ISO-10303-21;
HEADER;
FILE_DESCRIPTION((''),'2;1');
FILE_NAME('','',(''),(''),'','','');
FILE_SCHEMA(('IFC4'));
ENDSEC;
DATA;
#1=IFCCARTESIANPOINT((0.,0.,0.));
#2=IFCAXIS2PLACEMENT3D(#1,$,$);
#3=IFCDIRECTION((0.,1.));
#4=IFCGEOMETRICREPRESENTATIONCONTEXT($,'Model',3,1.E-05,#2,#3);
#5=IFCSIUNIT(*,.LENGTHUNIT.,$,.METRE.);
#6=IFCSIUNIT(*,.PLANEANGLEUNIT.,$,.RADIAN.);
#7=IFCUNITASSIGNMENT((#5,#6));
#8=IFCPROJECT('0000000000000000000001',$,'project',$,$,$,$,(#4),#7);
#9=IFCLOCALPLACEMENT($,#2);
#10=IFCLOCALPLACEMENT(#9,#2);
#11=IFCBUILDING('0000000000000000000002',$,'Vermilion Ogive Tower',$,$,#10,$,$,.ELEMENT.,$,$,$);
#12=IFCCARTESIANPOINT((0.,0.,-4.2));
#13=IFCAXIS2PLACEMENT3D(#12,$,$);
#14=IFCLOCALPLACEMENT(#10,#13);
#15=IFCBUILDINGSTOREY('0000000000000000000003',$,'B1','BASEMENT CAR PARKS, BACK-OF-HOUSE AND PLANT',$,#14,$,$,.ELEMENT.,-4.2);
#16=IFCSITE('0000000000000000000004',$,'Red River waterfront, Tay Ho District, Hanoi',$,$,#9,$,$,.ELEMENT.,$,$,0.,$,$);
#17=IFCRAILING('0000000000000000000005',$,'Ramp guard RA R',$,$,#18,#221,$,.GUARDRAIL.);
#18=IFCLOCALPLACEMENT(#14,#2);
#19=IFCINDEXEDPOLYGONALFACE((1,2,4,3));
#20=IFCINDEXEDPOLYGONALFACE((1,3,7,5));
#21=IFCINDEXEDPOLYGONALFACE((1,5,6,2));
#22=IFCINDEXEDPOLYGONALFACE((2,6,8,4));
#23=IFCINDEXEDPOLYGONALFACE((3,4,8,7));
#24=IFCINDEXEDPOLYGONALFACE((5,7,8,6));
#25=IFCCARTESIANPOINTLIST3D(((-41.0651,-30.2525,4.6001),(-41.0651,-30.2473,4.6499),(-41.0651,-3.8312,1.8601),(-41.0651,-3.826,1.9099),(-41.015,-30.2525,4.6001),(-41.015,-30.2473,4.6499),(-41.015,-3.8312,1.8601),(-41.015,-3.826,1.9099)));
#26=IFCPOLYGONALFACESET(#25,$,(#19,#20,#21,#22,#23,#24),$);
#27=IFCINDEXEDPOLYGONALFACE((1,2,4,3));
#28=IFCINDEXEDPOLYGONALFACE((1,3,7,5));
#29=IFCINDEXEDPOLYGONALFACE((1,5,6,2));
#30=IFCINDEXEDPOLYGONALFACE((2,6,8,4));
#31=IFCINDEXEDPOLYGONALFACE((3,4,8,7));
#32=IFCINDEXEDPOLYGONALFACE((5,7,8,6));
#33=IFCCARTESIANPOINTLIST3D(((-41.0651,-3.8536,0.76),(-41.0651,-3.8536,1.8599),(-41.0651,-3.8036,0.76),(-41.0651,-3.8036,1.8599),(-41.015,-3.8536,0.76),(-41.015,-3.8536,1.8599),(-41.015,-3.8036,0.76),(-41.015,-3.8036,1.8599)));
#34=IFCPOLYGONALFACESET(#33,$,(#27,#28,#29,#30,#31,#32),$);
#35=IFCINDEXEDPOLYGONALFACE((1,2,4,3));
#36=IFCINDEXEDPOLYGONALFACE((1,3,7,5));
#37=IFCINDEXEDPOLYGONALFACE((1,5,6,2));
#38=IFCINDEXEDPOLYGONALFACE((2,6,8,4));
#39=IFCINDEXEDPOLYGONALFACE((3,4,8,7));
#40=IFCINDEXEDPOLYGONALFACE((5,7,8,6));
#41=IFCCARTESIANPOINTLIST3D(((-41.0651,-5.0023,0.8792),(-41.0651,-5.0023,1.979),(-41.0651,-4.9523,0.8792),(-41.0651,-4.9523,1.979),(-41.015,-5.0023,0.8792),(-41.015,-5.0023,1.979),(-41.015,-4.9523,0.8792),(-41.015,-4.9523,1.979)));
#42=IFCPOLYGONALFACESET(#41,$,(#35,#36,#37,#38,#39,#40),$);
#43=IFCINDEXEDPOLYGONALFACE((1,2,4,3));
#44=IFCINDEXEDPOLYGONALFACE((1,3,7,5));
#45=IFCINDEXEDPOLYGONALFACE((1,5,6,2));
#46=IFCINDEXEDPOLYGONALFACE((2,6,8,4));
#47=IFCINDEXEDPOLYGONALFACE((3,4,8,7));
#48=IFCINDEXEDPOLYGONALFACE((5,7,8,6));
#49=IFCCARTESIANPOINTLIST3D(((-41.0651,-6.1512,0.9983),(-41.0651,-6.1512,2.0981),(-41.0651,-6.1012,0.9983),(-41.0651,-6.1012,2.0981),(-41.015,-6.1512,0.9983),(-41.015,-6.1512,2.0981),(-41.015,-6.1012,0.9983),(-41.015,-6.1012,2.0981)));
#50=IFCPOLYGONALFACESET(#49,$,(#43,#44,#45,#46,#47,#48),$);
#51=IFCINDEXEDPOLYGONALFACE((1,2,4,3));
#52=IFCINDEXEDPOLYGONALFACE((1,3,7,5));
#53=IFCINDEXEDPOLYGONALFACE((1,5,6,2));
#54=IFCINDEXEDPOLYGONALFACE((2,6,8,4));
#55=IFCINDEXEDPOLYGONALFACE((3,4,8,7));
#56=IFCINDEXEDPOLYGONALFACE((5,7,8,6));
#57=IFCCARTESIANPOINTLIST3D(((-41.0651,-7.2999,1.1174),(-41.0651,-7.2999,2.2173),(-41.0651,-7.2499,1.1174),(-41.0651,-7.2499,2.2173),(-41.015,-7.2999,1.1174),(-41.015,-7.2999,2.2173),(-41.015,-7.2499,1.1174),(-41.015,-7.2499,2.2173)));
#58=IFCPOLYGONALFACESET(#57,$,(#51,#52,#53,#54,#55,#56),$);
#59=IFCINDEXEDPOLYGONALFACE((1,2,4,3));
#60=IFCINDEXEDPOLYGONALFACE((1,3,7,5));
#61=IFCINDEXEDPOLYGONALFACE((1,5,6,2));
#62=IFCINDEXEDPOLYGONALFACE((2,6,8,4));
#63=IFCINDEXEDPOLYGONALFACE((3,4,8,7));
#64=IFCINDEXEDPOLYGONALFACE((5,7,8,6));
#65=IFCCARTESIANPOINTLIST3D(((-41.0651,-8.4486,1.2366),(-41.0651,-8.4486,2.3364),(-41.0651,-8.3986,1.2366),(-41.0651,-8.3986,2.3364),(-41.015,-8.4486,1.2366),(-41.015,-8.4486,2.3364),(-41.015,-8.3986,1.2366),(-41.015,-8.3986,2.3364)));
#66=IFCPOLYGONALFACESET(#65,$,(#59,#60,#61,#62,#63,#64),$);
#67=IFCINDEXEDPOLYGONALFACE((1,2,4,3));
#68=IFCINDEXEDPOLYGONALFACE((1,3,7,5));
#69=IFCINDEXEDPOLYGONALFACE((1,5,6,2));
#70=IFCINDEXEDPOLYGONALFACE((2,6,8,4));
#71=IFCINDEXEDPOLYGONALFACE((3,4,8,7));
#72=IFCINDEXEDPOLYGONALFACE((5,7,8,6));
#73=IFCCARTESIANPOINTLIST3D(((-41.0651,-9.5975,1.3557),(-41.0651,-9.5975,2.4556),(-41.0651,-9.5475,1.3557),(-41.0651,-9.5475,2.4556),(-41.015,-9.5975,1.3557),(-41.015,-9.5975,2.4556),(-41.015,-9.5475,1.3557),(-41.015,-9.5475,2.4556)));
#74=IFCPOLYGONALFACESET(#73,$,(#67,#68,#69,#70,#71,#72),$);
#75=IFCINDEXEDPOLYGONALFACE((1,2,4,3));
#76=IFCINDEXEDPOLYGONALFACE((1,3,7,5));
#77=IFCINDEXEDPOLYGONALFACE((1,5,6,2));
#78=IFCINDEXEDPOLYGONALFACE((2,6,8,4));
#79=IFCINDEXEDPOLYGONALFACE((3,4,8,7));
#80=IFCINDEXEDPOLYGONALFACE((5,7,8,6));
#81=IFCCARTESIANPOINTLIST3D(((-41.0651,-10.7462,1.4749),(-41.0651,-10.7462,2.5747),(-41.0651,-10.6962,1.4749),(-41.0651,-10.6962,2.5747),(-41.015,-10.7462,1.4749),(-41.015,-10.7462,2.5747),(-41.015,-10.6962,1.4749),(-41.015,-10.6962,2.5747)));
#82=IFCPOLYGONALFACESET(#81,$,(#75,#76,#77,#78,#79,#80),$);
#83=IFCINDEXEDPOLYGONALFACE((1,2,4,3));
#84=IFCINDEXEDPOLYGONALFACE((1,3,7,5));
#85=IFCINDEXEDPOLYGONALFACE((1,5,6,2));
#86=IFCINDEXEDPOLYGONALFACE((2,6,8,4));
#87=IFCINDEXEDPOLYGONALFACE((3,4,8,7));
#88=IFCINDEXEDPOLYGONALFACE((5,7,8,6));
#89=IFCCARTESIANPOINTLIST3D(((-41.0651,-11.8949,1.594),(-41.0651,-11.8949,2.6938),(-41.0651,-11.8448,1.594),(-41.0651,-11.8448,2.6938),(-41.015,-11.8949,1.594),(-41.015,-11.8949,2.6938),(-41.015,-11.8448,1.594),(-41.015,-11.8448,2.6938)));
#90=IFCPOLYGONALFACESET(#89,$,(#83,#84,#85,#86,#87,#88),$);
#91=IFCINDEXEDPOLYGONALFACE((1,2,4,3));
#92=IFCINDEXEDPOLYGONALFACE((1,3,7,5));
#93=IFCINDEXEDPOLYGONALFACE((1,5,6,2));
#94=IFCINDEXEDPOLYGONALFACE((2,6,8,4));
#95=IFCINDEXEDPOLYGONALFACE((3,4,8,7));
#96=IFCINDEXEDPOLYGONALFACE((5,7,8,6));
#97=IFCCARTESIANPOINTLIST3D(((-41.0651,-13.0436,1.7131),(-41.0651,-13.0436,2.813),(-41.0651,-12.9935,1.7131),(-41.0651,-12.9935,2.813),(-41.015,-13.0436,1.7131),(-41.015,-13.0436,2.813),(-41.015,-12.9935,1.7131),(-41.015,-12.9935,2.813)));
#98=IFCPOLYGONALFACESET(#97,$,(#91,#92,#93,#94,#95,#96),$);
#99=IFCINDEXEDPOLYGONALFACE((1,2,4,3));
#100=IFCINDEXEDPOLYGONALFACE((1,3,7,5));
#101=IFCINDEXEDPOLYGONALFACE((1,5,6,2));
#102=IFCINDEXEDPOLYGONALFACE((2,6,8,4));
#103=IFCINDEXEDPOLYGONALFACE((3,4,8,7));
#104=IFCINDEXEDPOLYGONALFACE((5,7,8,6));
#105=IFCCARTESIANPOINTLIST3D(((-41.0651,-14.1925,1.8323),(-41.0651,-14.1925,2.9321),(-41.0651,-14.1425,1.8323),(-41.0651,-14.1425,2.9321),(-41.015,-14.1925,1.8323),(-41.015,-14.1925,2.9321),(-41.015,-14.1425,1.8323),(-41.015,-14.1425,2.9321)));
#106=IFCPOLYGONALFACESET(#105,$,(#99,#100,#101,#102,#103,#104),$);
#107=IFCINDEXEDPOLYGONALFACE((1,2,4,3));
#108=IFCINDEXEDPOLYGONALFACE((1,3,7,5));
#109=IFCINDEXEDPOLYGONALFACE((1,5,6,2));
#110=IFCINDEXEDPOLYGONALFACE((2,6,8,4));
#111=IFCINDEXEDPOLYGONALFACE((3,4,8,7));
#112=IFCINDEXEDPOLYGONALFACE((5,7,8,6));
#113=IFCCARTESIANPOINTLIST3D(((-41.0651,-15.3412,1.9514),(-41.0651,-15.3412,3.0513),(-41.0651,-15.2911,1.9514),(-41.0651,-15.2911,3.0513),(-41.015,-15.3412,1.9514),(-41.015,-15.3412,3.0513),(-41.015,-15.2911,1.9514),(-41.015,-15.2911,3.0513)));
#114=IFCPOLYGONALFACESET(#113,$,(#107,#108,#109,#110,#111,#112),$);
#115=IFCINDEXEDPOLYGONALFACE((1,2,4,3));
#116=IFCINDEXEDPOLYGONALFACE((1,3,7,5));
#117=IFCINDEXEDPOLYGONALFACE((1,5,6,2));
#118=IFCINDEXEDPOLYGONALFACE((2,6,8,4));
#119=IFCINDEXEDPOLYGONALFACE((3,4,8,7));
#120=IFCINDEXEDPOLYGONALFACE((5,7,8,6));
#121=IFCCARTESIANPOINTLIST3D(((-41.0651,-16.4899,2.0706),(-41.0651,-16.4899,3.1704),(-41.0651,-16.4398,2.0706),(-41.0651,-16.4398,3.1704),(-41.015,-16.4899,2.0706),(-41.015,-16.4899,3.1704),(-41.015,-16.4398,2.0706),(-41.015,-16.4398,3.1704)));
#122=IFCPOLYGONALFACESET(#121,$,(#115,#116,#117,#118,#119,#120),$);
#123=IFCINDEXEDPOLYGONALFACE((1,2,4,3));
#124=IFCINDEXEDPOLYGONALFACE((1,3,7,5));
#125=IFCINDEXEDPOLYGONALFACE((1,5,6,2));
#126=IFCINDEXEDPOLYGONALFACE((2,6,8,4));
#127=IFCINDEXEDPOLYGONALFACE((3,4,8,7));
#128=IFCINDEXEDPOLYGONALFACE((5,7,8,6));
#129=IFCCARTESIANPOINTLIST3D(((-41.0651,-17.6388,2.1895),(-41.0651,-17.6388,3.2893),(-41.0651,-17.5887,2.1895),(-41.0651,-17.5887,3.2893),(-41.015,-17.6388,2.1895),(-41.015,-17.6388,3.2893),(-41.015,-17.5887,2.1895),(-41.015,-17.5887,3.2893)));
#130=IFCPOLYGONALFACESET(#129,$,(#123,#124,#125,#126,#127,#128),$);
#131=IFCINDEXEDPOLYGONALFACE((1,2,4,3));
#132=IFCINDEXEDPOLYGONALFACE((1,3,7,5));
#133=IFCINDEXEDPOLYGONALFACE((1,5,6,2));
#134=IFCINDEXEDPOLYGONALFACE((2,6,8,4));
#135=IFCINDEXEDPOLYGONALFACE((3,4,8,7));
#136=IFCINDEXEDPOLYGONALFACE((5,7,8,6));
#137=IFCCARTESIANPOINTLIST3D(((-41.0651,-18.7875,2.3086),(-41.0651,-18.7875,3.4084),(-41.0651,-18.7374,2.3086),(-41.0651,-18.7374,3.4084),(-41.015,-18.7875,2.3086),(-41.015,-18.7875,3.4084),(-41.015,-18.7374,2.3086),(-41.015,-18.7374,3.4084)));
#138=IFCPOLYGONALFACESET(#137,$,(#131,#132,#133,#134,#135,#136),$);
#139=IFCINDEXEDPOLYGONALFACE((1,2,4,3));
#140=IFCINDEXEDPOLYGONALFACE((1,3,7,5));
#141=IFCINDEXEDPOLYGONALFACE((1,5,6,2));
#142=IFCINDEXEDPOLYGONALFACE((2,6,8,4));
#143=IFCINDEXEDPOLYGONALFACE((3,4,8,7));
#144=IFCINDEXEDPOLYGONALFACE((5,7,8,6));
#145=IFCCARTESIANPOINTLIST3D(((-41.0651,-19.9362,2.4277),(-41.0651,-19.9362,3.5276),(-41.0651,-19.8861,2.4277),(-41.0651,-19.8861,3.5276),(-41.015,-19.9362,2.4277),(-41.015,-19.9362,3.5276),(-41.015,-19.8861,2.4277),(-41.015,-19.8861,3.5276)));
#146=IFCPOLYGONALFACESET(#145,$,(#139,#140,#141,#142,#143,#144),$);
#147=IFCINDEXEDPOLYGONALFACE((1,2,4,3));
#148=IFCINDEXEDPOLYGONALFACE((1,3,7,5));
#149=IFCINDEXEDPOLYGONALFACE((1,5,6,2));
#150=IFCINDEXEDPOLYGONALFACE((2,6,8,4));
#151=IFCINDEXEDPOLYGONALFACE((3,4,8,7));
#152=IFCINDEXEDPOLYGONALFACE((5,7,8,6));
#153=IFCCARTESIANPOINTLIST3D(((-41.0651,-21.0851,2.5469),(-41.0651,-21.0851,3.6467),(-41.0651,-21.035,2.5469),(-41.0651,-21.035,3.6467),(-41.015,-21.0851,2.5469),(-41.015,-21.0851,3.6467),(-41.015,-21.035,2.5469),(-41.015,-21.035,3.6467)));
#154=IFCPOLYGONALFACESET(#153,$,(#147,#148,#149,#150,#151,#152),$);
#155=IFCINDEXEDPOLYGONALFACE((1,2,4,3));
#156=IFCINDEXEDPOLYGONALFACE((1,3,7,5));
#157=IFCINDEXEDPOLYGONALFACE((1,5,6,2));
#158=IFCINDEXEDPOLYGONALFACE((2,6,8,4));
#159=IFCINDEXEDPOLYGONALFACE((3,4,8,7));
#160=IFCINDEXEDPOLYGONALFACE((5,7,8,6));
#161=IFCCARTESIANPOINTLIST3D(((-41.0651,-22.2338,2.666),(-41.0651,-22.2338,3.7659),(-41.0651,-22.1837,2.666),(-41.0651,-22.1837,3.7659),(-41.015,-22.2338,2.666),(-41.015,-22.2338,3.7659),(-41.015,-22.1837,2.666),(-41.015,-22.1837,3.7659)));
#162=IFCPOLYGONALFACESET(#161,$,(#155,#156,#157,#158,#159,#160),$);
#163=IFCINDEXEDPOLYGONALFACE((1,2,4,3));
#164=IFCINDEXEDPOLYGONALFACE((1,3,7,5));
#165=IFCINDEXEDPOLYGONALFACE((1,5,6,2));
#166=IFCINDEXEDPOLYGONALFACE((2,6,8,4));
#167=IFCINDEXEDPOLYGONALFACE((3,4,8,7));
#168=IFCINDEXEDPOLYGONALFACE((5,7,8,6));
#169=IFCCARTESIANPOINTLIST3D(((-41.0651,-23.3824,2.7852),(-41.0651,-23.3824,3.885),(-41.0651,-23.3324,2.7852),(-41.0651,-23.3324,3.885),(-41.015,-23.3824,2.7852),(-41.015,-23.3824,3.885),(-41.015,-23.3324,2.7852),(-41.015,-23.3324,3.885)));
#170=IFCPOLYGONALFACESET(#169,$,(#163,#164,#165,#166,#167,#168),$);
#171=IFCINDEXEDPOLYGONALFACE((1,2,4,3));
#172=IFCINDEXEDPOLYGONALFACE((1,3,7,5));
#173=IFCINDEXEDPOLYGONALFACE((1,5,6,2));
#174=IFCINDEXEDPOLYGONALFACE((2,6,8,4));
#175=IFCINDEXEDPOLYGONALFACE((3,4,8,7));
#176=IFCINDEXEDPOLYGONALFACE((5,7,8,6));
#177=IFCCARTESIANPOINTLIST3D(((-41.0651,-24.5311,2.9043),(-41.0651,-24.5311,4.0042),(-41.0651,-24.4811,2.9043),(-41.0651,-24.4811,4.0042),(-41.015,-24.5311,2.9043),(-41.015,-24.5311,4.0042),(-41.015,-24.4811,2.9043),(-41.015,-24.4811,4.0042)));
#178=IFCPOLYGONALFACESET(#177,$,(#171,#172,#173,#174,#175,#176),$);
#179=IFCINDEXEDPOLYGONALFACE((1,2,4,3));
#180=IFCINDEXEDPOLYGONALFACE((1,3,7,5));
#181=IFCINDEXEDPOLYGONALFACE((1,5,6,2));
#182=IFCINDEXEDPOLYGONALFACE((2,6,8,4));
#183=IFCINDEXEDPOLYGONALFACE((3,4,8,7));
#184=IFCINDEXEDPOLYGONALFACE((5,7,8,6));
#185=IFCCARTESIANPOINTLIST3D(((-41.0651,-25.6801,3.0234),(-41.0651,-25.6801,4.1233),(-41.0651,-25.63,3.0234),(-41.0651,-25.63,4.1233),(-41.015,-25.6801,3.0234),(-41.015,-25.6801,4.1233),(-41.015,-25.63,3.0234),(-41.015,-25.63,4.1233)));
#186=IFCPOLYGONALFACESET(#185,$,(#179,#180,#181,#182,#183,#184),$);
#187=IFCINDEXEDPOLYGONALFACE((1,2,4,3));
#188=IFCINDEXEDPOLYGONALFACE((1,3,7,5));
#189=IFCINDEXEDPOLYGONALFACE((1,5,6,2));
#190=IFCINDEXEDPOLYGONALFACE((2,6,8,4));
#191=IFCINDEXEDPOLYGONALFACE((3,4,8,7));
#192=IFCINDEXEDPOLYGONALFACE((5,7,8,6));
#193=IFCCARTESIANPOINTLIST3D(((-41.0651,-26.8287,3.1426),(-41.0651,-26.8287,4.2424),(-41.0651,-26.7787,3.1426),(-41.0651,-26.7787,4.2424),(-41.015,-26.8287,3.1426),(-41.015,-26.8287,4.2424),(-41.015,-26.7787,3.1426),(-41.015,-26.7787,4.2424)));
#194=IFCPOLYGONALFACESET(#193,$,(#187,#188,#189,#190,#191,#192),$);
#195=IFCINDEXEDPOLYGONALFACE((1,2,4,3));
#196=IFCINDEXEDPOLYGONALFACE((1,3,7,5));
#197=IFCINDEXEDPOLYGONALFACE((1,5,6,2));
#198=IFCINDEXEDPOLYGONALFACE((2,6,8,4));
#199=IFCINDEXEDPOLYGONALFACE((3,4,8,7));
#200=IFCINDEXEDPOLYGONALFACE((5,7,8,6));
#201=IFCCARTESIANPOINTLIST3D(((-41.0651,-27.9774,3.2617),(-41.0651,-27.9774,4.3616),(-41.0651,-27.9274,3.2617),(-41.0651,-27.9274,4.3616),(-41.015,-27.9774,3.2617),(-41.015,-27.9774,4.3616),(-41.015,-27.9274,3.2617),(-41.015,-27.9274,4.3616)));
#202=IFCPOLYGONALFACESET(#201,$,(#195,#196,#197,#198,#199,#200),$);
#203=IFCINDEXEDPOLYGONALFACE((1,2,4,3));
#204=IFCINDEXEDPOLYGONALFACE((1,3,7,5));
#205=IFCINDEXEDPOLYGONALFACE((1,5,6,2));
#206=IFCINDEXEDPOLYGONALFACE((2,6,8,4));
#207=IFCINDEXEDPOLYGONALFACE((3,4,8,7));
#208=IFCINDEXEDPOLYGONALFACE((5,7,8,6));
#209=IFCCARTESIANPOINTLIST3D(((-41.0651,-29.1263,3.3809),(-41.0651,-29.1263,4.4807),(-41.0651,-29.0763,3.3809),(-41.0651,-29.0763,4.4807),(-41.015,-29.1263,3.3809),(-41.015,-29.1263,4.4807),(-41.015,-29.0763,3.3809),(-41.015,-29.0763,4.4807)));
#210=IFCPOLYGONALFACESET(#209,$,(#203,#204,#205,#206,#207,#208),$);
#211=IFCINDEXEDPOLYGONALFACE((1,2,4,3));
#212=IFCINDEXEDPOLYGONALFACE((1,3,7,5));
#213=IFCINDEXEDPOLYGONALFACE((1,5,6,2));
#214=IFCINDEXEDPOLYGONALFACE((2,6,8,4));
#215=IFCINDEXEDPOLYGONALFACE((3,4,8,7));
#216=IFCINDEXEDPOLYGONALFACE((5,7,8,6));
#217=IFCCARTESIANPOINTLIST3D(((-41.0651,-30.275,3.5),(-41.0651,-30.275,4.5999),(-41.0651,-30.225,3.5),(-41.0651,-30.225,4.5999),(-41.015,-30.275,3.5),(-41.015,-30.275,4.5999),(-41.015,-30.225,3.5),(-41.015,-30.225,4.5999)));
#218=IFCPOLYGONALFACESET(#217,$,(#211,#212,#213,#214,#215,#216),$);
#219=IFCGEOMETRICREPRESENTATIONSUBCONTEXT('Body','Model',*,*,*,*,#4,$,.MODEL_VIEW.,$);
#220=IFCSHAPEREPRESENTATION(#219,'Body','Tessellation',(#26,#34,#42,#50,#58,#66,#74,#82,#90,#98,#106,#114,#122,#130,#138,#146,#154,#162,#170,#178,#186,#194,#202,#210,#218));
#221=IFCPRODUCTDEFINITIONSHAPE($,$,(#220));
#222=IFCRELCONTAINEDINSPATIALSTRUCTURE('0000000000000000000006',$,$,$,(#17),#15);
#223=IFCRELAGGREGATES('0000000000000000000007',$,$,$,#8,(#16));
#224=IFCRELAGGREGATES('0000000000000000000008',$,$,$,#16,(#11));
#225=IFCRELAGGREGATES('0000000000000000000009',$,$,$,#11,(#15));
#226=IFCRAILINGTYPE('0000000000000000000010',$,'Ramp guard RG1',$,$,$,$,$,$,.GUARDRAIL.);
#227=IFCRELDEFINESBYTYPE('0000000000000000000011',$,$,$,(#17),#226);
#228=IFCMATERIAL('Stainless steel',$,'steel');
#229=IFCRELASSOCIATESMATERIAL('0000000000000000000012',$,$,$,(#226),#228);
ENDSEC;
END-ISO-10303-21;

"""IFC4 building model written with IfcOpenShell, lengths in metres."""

from ifc_helpers import new_model, si_unit, direction, frame, origin, origin_2d, place, context, subcontext, project, spatial, rectangle, extrude, material, type_object, element, save


model = new_model("IFC4")

# Units and contexts
model_context = context("Model", 3, precision=1e-05, world=origin(), true_north=direction((0.0, 1.0)))
body_context = subcontext(model_context, "Body", "Model", "MODEL_VIEW")
ifc_project = project(units=[si_unit("LENGTHUNIT", "METRE"), si_unit("PLANEANGLEUNIT", "RADIAN")], contexts=[model_context])

# Site, building, storey
site_placement = place(None, origin())
site = spatial("IfcSite", under=ifc_project, at=site_placement, Name="Red River waterfront, Tay Ho District, Hanoi", CompositionType="ELEMENT", RefElevation=0.0)
building_placement = place(site_placement, origin())
building = spatial("IfcBuilding", under=site, at=building_placement, Name="Vermilion Ogive Tower", CompositionType="ELEMENT")
storey_placement = place(building_placement, frame((0.0, 0.0, -4.2)))
storey = spatial("IfcBuildingStorey", under=building, at=storey_placement, Name="B1", Description="BASEMENT CAR PARKS, BACK-OF-HOUSE AND PLANT", CompositionType="ELEMENT", Elevation=-4.2)

# Railing
ifc_material_1 = material(Name="Stainless steel", Category="steel")
railing_type = type_object("IfcRailingType", Name="Ramp guard RG1", PredefinedType="GUARDRAIL", material=ifc_material_1)
railing_1_placement = place(storey_placement, frame((-41.04, -3.8286, 0.76)))
element("IfcRailing", 1, at=railing_1_placement, inside=storey, type_object=railing_type, Name="Ramp guard RA R", PredefinedType="GUARDRAIL", context=body_context, shape_type="SweptSolid", body=[
    extrude(rectangle(XDim=0.05, YDim=0.05, at=origin_2d()), frame((0.0, 0.0, 1.125), z_axis=(0.0, -0.994666, 0.10315), x_axis=(1.0, 0.0, 0.0)), (0.0, 0.0, 1.0), 26.563),
    extrude(rectangle(XDim=0.05, YDim=0.05, at=origin_2d()), origin(), (0.0, 0.0, 1.0), 1.0999),
    extrude(rectangle(XDim=0.05, YDim=0.05, at=origin_2d()), frame((0.0, -1.1487, 0.1191)), (0.0, 0.0, 1.0), 1.0999),
    extrude(rectangle(XDim=0.05, YDim=0.05, at=origin_2d()), frame((0.0, -2.2976, 0.2383)), (0.0, 0.0, 1.0), 1.0999),
    extrude(rectangle(XDim=0.05, YDim=0.05, at=origin_2d()), frame((0.0, -3.4463, 0.3574)), (0.0, 0.0, 1.0), 1.0999),
    extrude(rectangle(XDim=0.05, YDim=0.05, at=origin_2d()), frame((0.0, -4.595, 0.4766)), (0.0, 0.0, 1.0), 1.0999),
    extrude(rectangle(XDim=0.05, YDim=0.05, at=origin_2d()), frame((0.0, -5.7439, 0.5957)), (0.0, 0.0, 1.0), 1.0999),
    extrude(rectangle(XDim=0.05, YDim=0.05, at=origin_2d()), frame((0.0, -6.8926, 0.7148)), (0.0, 0.0, 1.0), 1.0999),
    extrude(rectangle(XDim=0.05, YDim=0.05, at=origin_2d()), frame((0.0, -8.0413, 0.834)), (0.0, 0.0, 1.0), 1.0999),
    extrude(rectangle(XDim=0.05, YDim=0.05, at=origin_2d()), frame((0.0, -9.1899, 0.9531)), (0.0, 0.0, 1.0), 1.0999),
    extrude(rectangle(XDim=0.05, YDim=0.05, at=origin_2d()), frame((0.0, -10.3389, 1.0723)), (0.0, 0.0, 1.0), 1.0999),
    extrude(rectangle(XDim=0.05, YDim=0.05, at=origin_2d()), frame((0.0, -11.4875, 1.1914)), (0.0, 0.0, 1.0), 1.0999),
    extrude(rectangle(XDim=0.05, YDim=0.05, at=origin_2d()), frame((0.0, -12.6362, 1.3105)), (0.0, 0.0, 1.0), 1.0999),
    extrude(rectangle(XDim=0.05, YDim=0.05, at=origin_2d()), frame((0.0, -13.7852, 1.4294)), (0.0, 0.0, 1.0), 1.0999),
    extrude(rectangle(XDim=0.05, YDim=0.05, at=origin_2d()), frame((0.0, -14.9338, 1.5486)), (0.0, 0.0, 1.0), 1.0999),
    extrude(rectangle(XDim=0.05, YDim=0.05, at=origin_2d()), frame((0.0, -16.0825, 1.6677)), (0.0, 0.0, 1.0), 1.0999),
    extrude(rectangle(XDim=0.05, YDim=0.05, at=origin_2d()), frame((0.0, -17.2314, 1.7869)), (0.0, 0.0, 1.0), 1.0999),
    extrude(rectangle(XDim=0.05, YDim=0.05, at=origin_2d()), frame((0.0, -18.3801, 1.906)), (0.0, 0.0, 1.0), 1.0999),
    extrude(rectangle(XDim=0.05, YDim=0.05, at=origin_2d()), frame((0.0, -19.5288, 2.0251)), (0.0, 0.0, 1.0), 1.0999),
    extrude(rectangle(XDim=0.05, YDim=0.05, at=origin_2d()), frame((0.0, -20.6775, 2.1443)), (0.0, 0.0, 1.0), 1.0999),
    extrude(rectangle(XDim=0.05, YDim=0.05, at=origin_2d()), frame((0.0, -21.8264, 2.2634)), (0.0, 0.0, 1.0), 1.0999),
    extrude(rectangle(XDim=0.05, YDim=0.05, at=origin_2d()), frame((0.0, -22.9751, 2.3826)), (0.0, 0.0, 1.0), 1.0999),
    extrude(rectangle(XDim=0.05, YDim=0.05, at=origin_2d()), frame((0.0, -24.1238, 2.5017)), (0.0, 0.0, 1.0), 1.0999),
    extrude(rectangle(XDim=0.05, YDim=0.05, at=origin_2d()), frame((0.0, -25.2727, 2.6208)), (0.0, 0.0, 1.0), 1.0999),
    extrude(rectangle(XDim=0.05, YDim=0.05, at=origin_2d()), frame((0.0, -26.4214, 2.74)), (0.0, 0.0, 1.0), 1.0999),
])

save(model, "model.ifc")
